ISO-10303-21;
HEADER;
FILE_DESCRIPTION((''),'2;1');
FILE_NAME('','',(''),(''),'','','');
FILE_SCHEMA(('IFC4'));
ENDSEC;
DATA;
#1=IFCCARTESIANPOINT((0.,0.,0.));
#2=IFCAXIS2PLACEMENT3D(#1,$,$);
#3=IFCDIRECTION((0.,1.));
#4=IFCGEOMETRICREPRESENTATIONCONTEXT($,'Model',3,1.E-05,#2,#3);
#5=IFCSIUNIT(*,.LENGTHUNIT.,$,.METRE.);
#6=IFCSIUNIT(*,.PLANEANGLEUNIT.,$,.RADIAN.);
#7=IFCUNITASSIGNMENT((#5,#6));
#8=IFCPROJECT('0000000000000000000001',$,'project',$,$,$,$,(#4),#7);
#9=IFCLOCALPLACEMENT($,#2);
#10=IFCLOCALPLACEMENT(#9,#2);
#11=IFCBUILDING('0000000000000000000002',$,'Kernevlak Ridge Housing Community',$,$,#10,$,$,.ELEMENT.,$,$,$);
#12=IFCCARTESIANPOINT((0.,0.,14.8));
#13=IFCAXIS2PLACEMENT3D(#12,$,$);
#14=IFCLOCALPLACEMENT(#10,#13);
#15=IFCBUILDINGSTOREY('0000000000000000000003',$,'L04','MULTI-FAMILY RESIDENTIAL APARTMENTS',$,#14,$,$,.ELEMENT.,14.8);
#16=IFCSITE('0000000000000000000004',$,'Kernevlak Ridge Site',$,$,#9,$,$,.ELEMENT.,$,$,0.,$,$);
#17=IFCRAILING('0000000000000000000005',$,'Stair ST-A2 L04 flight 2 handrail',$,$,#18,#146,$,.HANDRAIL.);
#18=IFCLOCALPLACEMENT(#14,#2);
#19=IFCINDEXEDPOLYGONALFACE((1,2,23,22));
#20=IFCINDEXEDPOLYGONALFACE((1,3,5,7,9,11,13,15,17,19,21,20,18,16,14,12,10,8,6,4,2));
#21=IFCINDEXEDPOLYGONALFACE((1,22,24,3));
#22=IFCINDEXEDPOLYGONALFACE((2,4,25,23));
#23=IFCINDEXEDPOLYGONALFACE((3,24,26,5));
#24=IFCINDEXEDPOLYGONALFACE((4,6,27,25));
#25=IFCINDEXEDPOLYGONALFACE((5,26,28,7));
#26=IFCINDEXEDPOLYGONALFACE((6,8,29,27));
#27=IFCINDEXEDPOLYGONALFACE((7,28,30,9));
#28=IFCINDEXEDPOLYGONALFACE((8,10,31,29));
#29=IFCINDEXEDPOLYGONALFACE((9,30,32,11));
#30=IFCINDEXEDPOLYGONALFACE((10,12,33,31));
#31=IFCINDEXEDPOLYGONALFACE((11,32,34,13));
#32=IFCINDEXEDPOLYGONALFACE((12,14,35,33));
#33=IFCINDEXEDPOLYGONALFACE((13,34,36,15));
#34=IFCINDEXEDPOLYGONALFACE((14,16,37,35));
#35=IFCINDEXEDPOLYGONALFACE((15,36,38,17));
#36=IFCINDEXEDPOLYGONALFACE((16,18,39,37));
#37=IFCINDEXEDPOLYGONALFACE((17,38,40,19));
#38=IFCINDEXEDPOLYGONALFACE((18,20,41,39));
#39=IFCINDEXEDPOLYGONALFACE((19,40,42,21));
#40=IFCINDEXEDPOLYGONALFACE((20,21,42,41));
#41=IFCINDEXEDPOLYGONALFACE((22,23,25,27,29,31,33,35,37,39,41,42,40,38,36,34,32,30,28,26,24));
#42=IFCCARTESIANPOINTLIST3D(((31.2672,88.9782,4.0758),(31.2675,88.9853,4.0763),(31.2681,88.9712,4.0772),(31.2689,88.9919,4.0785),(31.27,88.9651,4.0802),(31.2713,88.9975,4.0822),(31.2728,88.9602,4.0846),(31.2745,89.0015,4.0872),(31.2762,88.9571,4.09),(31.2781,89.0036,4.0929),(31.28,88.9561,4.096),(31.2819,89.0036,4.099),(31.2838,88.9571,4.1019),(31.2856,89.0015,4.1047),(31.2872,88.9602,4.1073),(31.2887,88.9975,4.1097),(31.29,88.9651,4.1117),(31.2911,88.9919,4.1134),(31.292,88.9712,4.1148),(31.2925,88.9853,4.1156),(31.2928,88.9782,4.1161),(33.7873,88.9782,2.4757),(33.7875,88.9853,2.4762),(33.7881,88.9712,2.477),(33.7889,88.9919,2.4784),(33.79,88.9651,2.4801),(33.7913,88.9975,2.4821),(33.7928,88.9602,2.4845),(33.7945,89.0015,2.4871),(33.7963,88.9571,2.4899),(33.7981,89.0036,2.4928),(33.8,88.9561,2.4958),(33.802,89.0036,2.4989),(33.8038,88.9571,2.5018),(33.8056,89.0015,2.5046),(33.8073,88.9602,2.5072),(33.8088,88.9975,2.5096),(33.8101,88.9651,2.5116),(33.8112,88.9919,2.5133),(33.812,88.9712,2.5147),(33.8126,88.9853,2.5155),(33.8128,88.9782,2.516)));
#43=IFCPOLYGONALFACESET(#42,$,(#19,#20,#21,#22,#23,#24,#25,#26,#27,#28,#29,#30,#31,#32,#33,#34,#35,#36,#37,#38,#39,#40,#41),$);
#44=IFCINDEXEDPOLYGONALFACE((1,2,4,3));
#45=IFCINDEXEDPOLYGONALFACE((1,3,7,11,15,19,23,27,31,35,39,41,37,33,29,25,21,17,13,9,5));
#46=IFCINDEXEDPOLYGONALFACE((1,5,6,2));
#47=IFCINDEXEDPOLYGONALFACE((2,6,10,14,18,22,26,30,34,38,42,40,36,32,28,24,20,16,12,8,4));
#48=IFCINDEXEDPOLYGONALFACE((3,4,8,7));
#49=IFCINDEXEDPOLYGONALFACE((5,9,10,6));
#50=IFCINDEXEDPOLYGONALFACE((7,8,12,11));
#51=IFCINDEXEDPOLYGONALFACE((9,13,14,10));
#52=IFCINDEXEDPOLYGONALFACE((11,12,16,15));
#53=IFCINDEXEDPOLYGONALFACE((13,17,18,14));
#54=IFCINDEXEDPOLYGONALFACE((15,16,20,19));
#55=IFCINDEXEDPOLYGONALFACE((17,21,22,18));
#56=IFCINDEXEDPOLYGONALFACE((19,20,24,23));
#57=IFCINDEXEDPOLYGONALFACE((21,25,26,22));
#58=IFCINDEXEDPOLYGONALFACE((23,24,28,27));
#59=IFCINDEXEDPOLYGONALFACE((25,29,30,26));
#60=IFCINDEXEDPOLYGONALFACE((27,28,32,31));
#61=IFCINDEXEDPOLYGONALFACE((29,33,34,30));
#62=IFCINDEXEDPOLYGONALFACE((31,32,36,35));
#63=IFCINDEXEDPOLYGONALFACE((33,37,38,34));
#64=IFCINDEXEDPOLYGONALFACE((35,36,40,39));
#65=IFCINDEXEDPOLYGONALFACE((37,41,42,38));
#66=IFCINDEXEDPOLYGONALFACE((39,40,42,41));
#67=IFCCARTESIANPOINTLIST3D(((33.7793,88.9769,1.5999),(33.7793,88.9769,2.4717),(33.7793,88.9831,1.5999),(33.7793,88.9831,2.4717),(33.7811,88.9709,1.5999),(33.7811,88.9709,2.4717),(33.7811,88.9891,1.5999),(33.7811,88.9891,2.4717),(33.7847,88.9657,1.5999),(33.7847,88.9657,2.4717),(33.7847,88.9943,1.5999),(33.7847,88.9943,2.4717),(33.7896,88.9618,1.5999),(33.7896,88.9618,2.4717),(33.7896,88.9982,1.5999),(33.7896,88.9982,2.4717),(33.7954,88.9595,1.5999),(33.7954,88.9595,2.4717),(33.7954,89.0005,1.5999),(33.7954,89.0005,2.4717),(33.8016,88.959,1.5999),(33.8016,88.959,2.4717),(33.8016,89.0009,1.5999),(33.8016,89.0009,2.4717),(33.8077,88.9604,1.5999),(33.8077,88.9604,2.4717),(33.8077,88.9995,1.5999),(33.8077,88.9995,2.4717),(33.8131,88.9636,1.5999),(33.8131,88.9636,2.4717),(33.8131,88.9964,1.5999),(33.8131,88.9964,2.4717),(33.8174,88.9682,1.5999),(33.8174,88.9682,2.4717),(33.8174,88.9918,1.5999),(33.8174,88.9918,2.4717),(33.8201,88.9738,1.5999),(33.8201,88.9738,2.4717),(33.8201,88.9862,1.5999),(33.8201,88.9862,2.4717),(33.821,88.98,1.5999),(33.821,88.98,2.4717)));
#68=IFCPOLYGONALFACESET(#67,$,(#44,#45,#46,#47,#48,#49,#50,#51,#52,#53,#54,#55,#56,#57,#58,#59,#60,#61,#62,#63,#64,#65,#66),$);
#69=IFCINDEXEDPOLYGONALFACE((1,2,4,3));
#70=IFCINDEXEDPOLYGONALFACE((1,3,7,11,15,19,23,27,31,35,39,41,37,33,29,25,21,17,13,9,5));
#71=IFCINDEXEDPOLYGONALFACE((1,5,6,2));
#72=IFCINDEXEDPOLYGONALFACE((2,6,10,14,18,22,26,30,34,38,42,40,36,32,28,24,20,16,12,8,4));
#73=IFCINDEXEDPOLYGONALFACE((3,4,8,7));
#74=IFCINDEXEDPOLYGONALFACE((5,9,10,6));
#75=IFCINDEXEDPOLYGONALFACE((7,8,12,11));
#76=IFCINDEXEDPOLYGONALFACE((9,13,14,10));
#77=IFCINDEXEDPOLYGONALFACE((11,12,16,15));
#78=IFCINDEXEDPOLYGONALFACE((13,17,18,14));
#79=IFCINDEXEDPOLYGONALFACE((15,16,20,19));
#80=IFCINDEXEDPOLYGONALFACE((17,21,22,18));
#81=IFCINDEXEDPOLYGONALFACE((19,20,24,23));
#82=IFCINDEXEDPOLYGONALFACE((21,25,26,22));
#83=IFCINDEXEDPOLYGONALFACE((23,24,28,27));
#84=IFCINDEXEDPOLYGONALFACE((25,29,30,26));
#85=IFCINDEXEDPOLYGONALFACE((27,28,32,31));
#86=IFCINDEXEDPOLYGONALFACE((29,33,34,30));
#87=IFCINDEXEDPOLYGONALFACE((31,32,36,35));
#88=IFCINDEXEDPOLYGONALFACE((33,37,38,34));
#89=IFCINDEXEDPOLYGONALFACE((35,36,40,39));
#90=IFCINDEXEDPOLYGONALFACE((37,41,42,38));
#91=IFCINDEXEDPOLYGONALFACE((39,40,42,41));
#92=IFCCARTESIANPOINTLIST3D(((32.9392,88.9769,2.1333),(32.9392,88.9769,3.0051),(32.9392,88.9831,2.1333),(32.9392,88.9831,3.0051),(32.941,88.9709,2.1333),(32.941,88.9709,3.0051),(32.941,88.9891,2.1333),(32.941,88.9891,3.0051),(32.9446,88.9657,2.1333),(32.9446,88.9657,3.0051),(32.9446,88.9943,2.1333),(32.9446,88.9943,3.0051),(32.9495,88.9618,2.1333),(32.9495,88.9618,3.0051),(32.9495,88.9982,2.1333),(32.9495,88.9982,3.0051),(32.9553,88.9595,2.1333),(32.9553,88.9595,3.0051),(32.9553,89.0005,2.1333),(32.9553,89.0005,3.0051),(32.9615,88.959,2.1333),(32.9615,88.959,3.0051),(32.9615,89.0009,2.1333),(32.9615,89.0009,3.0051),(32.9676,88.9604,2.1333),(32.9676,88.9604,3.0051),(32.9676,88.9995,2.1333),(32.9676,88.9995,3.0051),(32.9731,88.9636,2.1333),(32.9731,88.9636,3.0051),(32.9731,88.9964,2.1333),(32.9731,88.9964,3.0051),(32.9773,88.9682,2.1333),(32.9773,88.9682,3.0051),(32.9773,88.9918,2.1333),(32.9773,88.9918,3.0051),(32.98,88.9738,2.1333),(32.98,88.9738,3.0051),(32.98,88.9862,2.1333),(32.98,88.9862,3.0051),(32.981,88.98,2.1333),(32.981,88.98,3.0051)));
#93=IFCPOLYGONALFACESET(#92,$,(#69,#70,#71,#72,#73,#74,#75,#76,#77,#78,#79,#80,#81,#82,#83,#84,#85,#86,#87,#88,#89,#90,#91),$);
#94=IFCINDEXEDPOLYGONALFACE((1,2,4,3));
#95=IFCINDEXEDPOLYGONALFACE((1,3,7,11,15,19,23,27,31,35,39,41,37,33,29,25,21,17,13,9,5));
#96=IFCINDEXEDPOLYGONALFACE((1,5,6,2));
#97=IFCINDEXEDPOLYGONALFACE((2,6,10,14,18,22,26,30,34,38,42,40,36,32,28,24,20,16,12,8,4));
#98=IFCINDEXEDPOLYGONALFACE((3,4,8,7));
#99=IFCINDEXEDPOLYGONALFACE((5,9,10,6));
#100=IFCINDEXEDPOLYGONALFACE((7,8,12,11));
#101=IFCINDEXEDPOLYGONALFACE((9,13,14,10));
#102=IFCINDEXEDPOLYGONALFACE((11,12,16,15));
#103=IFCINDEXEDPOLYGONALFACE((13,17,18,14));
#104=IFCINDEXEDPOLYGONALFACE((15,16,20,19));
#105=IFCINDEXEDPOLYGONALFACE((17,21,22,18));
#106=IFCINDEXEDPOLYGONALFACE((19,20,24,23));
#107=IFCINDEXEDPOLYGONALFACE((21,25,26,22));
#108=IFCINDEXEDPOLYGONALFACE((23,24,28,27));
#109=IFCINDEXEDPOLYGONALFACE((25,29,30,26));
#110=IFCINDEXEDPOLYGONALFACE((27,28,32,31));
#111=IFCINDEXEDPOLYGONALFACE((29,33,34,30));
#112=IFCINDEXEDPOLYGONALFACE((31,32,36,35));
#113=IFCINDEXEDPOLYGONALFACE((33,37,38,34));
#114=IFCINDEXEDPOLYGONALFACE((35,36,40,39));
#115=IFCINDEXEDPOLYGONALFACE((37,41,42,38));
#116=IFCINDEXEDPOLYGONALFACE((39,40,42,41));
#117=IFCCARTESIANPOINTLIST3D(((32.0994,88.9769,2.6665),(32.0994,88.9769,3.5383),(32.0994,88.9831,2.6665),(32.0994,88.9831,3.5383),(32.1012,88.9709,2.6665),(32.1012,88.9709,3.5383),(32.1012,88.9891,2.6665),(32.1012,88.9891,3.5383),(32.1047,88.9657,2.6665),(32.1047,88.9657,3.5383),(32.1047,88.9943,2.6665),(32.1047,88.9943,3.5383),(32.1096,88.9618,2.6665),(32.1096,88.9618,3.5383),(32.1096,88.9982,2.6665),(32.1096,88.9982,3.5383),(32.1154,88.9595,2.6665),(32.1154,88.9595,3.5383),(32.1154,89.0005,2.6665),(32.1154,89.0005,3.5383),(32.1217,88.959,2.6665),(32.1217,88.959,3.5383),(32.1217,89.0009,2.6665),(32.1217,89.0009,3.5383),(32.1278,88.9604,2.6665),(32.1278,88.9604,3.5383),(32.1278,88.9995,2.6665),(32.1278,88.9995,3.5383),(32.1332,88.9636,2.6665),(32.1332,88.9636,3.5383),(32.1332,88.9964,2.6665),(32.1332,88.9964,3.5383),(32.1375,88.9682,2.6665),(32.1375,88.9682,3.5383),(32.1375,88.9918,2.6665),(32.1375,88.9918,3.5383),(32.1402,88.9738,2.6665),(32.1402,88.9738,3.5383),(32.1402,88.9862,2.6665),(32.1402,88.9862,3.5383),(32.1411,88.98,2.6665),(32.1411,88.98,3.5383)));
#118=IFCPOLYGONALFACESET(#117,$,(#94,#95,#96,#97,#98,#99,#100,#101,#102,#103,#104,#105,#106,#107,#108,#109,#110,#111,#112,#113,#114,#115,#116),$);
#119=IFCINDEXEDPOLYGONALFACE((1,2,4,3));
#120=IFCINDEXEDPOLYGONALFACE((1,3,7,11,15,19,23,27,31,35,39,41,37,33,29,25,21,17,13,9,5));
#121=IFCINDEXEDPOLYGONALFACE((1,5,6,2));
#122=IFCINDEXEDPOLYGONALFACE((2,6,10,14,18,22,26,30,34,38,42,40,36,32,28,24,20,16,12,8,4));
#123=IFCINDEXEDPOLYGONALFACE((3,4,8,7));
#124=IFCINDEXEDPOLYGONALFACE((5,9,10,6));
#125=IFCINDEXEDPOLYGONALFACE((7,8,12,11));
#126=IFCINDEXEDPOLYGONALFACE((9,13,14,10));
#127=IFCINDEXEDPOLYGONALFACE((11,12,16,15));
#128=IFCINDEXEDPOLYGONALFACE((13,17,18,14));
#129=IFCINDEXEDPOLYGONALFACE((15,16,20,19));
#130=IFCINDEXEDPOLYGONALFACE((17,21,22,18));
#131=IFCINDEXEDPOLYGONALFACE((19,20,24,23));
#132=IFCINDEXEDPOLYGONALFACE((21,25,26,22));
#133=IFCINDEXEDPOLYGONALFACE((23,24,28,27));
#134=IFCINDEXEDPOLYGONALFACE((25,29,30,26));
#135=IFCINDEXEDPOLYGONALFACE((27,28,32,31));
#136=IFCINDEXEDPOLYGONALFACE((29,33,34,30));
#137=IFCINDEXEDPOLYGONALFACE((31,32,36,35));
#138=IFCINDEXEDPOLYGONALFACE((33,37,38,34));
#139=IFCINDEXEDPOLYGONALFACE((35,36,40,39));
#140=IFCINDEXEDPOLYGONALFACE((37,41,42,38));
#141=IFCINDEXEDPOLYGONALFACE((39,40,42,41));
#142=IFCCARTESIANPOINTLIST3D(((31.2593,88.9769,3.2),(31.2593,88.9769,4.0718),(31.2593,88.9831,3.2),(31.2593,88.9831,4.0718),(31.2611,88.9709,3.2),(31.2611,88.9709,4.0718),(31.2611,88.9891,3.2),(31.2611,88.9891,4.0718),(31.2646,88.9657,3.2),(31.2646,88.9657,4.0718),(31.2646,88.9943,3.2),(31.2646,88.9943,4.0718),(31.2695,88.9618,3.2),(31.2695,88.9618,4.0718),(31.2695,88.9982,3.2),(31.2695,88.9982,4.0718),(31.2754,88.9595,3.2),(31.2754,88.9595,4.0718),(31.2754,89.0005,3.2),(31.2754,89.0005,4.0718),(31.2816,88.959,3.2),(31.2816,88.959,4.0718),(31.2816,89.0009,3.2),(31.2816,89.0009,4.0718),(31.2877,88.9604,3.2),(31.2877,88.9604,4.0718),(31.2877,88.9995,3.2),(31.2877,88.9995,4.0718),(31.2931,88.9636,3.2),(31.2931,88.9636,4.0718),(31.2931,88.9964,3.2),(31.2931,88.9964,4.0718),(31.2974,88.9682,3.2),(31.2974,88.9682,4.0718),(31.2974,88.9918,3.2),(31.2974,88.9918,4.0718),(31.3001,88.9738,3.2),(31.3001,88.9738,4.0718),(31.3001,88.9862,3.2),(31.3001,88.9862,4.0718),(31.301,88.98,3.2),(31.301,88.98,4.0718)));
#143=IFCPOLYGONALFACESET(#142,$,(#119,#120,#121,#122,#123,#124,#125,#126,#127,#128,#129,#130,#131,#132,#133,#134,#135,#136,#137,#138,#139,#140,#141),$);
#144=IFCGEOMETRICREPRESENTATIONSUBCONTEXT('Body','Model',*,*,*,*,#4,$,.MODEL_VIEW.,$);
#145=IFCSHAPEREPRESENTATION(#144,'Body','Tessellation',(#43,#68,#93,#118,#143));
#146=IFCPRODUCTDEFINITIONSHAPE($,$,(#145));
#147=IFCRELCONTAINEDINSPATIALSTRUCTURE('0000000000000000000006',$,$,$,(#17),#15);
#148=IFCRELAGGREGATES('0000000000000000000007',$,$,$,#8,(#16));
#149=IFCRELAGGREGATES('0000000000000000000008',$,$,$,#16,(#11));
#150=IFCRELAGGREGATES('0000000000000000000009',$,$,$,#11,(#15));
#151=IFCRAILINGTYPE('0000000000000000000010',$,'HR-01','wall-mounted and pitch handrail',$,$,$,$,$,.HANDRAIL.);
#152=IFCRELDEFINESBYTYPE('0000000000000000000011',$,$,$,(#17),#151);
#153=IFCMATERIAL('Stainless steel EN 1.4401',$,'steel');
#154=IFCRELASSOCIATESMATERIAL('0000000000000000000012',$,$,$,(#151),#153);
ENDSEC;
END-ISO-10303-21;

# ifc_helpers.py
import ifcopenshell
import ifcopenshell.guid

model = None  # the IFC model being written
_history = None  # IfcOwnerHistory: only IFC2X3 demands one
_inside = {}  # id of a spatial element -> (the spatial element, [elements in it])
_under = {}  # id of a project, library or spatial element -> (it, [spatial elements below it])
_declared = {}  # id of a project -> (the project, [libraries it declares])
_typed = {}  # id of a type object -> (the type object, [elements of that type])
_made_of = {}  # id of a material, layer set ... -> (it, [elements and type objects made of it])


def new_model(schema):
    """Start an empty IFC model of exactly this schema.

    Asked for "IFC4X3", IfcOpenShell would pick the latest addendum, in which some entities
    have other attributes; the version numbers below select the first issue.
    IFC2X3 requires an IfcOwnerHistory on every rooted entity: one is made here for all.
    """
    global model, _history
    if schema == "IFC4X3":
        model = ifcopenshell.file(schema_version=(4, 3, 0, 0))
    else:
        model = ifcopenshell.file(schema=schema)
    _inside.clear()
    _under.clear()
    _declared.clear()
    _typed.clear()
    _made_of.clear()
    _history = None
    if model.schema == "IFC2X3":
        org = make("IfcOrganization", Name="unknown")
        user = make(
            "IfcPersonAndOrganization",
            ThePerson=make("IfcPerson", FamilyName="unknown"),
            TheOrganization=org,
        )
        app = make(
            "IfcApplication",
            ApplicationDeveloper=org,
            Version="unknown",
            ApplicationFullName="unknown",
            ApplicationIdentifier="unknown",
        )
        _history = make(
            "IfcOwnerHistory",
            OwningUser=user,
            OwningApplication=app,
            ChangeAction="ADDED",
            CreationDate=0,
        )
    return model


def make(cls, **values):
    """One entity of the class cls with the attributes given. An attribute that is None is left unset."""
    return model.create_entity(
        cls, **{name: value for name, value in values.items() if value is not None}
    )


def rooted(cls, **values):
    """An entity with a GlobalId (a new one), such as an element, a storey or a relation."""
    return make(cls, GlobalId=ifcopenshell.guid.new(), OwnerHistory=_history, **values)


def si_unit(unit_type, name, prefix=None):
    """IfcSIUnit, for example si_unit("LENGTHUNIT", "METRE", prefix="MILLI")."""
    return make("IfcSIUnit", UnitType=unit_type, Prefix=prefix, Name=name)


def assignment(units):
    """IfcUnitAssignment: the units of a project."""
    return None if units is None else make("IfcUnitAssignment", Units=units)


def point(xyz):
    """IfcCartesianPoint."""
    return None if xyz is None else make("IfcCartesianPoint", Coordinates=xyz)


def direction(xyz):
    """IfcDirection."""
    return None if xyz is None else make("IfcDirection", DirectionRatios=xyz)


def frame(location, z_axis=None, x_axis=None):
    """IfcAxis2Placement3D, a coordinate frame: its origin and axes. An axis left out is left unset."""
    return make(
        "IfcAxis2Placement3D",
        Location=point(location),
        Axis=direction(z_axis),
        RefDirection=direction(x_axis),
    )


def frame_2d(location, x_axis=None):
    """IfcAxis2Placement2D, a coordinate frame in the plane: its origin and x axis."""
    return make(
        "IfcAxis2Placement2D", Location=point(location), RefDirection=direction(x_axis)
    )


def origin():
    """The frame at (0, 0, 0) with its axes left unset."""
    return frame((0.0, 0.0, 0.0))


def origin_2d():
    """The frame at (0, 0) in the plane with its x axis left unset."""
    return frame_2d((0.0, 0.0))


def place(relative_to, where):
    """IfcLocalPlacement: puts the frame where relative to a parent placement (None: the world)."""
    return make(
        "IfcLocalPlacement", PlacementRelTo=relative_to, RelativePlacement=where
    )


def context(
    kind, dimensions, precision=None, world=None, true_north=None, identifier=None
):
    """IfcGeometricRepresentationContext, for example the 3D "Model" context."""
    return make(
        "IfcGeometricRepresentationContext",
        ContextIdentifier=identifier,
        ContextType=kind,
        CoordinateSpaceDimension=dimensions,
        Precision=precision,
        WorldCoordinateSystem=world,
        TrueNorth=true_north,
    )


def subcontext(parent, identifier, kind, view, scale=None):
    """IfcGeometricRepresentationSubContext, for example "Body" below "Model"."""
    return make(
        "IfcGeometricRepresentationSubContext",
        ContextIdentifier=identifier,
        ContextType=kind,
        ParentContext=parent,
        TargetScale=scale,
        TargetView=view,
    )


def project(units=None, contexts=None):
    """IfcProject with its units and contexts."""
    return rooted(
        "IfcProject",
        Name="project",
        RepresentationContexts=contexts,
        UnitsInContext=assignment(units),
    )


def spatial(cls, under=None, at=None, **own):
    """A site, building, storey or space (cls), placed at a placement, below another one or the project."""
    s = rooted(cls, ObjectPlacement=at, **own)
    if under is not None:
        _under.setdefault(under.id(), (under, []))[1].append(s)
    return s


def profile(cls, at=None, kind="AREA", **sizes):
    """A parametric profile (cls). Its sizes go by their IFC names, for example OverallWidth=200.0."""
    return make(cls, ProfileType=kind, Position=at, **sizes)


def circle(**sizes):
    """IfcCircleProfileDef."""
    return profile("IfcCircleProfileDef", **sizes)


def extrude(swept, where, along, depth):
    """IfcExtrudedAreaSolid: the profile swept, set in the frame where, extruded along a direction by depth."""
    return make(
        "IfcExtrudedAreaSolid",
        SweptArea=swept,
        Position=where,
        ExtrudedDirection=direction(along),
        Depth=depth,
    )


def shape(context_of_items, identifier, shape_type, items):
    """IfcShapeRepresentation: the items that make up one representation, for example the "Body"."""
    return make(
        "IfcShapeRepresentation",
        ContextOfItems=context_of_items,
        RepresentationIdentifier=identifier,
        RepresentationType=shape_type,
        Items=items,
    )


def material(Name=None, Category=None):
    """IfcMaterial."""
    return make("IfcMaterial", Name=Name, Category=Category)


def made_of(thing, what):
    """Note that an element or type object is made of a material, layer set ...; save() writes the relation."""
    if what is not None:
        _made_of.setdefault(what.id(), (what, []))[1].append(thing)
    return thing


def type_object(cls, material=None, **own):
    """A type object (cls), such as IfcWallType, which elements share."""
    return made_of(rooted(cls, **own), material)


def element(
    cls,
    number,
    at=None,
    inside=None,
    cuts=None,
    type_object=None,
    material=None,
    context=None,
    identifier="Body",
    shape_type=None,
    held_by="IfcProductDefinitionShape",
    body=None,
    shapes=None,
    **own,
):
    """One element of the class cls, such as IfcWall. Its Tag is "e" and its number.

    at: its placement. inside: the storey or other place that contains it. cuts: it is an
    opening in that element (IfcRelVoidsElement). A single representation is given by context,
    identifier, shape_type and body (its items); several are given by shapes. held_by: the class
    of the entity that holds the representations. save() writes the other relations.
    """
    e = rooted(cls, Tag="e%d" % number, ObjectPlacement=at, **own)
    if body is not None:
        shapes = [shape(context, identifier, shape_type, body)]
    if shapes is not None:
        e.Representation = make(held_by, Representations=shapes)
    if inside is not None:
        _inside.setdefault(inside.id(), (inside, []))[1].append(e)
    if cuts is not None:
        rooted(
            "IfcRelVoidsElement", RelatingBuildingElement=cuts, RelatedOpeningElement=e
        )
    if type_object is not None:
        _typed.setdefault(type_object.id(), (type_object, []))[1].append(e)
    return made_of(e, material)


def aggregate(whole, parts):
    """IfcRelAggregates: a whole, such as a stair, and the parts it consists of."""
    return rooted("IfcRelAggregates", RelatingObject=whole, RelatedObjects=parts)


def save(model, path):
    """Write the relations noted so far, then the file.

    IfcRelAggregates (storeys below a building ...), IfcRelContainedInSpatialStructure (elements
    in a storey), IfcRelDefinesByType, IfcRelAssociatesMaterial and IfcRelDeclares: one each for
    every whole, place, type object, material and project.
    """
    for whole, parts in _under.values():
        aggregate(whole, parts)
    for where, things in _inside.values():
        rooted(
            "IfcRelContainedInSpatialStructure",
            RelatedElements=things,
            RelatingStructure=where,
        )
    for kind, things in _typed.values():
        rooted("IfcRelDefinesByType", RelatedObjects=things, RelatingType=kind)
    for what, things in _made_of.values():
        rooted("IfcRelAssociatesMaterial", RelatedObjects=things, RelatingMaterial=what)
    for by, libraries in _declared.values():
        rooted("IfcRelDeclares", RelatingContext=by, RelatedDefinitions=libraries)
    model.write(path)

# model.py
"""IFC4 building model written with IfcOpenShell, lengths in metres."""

from ifc_helpers import new_model, si_unit, direction, frame, origin, origin_2d, place, context, subcontext, project, spatial, circle, extrude, material, type_object, element, save


model = new_model("IFC4")

# Units and contexts
model_context = context("Model", 3, precision=1e-05, world=origin(), true_north=direction((0.0, 1.0)))
body_context = subcontext(model_context, "Body", "Model", "MODEL_VIEW")
ifc_project = project(units=[si_unit("LENGTHUNIT", "METRE"), si_unit("PLANEANGLEUNIT", "RADIAN")], contexts=[model_context])

# Site, building, storey
site_placement = place(None, origin())
site = spatial("IfcSite", under=ifc_project, at=site_placement, Name="Kernevlak Ridge Site", CompositionType="ELEMENT", RefElevation=0.0)
building_placement = place(site_placement, origin())
building = spatial("IfcBuilding", under=site, at=building_placement, Name="Kernevlak Ridge Housing Community", CompositionType="ELEMENT")
storey_placement = place(building_placement, frame((0.0, 0.0, 14.8)))
storey = spatial("IfcBuildingStorey", under=building, at=storey_placement, Name="L04", Description="MULTI-FAMILY RESIDENTIAL APARTMENTS", CompositionType="ELEMENT", Elevation=14.8)

# Railing
ifc_material_1 = material(Name="Stainless steel EN 1.4401", Category="steel")
railing_type_1 = type_object("IfcRailingType", Name="HR-01", Description="wall-mounted and pitch handrail", PredefinedType="HANDRAIL", material=ifc_material_1)
railing_1_placement = place(storey_placement, frame((33.8, 88.98, 1.5999)))
element("IfcRailing", 1, at=railing_1_placement, inside=storey, type_object=railing_type_1, Name="Stair ST-A2 L04 flight 2 handrail", PredefinedType="HANDRAIL", context=body_context, shape_type="SweptSolid", body=[
    extrude(circle(Radius=0.0239, at=origin_2d()), frame((0.0, 0.0, 0.896), z_axis=(-0.8442, 0.0, 0.536028), x_axis=(0.0, -1.0, 0.0)), (0.0, 0.0, 1.0), 2.9851),
    extrude(circle(Radius=0.021, at=origin_2d()), origin(), (0.0, 0.0, 1.0), 0.8718),
    extrude(circle(Radius=0.021, at=origin_2d()), frame((-0.8401, 0.0, 0.5334)), (0.0, 0.0, 1.0), 0.8718),
    extrude(circle(Radius=0.021, at=origin_2d()), frame((-1.6799, 0.0, 1.0667)), (0.0, 0.0, 1.0), 0.8718),
    extrude(circle(Radius=0.021, at=origin_2d()), frame((-2.52, 0.0, 1.6001)), (0.0, 0.0, 1.0), 0.8718),
])

save(model, "model.ifc")
